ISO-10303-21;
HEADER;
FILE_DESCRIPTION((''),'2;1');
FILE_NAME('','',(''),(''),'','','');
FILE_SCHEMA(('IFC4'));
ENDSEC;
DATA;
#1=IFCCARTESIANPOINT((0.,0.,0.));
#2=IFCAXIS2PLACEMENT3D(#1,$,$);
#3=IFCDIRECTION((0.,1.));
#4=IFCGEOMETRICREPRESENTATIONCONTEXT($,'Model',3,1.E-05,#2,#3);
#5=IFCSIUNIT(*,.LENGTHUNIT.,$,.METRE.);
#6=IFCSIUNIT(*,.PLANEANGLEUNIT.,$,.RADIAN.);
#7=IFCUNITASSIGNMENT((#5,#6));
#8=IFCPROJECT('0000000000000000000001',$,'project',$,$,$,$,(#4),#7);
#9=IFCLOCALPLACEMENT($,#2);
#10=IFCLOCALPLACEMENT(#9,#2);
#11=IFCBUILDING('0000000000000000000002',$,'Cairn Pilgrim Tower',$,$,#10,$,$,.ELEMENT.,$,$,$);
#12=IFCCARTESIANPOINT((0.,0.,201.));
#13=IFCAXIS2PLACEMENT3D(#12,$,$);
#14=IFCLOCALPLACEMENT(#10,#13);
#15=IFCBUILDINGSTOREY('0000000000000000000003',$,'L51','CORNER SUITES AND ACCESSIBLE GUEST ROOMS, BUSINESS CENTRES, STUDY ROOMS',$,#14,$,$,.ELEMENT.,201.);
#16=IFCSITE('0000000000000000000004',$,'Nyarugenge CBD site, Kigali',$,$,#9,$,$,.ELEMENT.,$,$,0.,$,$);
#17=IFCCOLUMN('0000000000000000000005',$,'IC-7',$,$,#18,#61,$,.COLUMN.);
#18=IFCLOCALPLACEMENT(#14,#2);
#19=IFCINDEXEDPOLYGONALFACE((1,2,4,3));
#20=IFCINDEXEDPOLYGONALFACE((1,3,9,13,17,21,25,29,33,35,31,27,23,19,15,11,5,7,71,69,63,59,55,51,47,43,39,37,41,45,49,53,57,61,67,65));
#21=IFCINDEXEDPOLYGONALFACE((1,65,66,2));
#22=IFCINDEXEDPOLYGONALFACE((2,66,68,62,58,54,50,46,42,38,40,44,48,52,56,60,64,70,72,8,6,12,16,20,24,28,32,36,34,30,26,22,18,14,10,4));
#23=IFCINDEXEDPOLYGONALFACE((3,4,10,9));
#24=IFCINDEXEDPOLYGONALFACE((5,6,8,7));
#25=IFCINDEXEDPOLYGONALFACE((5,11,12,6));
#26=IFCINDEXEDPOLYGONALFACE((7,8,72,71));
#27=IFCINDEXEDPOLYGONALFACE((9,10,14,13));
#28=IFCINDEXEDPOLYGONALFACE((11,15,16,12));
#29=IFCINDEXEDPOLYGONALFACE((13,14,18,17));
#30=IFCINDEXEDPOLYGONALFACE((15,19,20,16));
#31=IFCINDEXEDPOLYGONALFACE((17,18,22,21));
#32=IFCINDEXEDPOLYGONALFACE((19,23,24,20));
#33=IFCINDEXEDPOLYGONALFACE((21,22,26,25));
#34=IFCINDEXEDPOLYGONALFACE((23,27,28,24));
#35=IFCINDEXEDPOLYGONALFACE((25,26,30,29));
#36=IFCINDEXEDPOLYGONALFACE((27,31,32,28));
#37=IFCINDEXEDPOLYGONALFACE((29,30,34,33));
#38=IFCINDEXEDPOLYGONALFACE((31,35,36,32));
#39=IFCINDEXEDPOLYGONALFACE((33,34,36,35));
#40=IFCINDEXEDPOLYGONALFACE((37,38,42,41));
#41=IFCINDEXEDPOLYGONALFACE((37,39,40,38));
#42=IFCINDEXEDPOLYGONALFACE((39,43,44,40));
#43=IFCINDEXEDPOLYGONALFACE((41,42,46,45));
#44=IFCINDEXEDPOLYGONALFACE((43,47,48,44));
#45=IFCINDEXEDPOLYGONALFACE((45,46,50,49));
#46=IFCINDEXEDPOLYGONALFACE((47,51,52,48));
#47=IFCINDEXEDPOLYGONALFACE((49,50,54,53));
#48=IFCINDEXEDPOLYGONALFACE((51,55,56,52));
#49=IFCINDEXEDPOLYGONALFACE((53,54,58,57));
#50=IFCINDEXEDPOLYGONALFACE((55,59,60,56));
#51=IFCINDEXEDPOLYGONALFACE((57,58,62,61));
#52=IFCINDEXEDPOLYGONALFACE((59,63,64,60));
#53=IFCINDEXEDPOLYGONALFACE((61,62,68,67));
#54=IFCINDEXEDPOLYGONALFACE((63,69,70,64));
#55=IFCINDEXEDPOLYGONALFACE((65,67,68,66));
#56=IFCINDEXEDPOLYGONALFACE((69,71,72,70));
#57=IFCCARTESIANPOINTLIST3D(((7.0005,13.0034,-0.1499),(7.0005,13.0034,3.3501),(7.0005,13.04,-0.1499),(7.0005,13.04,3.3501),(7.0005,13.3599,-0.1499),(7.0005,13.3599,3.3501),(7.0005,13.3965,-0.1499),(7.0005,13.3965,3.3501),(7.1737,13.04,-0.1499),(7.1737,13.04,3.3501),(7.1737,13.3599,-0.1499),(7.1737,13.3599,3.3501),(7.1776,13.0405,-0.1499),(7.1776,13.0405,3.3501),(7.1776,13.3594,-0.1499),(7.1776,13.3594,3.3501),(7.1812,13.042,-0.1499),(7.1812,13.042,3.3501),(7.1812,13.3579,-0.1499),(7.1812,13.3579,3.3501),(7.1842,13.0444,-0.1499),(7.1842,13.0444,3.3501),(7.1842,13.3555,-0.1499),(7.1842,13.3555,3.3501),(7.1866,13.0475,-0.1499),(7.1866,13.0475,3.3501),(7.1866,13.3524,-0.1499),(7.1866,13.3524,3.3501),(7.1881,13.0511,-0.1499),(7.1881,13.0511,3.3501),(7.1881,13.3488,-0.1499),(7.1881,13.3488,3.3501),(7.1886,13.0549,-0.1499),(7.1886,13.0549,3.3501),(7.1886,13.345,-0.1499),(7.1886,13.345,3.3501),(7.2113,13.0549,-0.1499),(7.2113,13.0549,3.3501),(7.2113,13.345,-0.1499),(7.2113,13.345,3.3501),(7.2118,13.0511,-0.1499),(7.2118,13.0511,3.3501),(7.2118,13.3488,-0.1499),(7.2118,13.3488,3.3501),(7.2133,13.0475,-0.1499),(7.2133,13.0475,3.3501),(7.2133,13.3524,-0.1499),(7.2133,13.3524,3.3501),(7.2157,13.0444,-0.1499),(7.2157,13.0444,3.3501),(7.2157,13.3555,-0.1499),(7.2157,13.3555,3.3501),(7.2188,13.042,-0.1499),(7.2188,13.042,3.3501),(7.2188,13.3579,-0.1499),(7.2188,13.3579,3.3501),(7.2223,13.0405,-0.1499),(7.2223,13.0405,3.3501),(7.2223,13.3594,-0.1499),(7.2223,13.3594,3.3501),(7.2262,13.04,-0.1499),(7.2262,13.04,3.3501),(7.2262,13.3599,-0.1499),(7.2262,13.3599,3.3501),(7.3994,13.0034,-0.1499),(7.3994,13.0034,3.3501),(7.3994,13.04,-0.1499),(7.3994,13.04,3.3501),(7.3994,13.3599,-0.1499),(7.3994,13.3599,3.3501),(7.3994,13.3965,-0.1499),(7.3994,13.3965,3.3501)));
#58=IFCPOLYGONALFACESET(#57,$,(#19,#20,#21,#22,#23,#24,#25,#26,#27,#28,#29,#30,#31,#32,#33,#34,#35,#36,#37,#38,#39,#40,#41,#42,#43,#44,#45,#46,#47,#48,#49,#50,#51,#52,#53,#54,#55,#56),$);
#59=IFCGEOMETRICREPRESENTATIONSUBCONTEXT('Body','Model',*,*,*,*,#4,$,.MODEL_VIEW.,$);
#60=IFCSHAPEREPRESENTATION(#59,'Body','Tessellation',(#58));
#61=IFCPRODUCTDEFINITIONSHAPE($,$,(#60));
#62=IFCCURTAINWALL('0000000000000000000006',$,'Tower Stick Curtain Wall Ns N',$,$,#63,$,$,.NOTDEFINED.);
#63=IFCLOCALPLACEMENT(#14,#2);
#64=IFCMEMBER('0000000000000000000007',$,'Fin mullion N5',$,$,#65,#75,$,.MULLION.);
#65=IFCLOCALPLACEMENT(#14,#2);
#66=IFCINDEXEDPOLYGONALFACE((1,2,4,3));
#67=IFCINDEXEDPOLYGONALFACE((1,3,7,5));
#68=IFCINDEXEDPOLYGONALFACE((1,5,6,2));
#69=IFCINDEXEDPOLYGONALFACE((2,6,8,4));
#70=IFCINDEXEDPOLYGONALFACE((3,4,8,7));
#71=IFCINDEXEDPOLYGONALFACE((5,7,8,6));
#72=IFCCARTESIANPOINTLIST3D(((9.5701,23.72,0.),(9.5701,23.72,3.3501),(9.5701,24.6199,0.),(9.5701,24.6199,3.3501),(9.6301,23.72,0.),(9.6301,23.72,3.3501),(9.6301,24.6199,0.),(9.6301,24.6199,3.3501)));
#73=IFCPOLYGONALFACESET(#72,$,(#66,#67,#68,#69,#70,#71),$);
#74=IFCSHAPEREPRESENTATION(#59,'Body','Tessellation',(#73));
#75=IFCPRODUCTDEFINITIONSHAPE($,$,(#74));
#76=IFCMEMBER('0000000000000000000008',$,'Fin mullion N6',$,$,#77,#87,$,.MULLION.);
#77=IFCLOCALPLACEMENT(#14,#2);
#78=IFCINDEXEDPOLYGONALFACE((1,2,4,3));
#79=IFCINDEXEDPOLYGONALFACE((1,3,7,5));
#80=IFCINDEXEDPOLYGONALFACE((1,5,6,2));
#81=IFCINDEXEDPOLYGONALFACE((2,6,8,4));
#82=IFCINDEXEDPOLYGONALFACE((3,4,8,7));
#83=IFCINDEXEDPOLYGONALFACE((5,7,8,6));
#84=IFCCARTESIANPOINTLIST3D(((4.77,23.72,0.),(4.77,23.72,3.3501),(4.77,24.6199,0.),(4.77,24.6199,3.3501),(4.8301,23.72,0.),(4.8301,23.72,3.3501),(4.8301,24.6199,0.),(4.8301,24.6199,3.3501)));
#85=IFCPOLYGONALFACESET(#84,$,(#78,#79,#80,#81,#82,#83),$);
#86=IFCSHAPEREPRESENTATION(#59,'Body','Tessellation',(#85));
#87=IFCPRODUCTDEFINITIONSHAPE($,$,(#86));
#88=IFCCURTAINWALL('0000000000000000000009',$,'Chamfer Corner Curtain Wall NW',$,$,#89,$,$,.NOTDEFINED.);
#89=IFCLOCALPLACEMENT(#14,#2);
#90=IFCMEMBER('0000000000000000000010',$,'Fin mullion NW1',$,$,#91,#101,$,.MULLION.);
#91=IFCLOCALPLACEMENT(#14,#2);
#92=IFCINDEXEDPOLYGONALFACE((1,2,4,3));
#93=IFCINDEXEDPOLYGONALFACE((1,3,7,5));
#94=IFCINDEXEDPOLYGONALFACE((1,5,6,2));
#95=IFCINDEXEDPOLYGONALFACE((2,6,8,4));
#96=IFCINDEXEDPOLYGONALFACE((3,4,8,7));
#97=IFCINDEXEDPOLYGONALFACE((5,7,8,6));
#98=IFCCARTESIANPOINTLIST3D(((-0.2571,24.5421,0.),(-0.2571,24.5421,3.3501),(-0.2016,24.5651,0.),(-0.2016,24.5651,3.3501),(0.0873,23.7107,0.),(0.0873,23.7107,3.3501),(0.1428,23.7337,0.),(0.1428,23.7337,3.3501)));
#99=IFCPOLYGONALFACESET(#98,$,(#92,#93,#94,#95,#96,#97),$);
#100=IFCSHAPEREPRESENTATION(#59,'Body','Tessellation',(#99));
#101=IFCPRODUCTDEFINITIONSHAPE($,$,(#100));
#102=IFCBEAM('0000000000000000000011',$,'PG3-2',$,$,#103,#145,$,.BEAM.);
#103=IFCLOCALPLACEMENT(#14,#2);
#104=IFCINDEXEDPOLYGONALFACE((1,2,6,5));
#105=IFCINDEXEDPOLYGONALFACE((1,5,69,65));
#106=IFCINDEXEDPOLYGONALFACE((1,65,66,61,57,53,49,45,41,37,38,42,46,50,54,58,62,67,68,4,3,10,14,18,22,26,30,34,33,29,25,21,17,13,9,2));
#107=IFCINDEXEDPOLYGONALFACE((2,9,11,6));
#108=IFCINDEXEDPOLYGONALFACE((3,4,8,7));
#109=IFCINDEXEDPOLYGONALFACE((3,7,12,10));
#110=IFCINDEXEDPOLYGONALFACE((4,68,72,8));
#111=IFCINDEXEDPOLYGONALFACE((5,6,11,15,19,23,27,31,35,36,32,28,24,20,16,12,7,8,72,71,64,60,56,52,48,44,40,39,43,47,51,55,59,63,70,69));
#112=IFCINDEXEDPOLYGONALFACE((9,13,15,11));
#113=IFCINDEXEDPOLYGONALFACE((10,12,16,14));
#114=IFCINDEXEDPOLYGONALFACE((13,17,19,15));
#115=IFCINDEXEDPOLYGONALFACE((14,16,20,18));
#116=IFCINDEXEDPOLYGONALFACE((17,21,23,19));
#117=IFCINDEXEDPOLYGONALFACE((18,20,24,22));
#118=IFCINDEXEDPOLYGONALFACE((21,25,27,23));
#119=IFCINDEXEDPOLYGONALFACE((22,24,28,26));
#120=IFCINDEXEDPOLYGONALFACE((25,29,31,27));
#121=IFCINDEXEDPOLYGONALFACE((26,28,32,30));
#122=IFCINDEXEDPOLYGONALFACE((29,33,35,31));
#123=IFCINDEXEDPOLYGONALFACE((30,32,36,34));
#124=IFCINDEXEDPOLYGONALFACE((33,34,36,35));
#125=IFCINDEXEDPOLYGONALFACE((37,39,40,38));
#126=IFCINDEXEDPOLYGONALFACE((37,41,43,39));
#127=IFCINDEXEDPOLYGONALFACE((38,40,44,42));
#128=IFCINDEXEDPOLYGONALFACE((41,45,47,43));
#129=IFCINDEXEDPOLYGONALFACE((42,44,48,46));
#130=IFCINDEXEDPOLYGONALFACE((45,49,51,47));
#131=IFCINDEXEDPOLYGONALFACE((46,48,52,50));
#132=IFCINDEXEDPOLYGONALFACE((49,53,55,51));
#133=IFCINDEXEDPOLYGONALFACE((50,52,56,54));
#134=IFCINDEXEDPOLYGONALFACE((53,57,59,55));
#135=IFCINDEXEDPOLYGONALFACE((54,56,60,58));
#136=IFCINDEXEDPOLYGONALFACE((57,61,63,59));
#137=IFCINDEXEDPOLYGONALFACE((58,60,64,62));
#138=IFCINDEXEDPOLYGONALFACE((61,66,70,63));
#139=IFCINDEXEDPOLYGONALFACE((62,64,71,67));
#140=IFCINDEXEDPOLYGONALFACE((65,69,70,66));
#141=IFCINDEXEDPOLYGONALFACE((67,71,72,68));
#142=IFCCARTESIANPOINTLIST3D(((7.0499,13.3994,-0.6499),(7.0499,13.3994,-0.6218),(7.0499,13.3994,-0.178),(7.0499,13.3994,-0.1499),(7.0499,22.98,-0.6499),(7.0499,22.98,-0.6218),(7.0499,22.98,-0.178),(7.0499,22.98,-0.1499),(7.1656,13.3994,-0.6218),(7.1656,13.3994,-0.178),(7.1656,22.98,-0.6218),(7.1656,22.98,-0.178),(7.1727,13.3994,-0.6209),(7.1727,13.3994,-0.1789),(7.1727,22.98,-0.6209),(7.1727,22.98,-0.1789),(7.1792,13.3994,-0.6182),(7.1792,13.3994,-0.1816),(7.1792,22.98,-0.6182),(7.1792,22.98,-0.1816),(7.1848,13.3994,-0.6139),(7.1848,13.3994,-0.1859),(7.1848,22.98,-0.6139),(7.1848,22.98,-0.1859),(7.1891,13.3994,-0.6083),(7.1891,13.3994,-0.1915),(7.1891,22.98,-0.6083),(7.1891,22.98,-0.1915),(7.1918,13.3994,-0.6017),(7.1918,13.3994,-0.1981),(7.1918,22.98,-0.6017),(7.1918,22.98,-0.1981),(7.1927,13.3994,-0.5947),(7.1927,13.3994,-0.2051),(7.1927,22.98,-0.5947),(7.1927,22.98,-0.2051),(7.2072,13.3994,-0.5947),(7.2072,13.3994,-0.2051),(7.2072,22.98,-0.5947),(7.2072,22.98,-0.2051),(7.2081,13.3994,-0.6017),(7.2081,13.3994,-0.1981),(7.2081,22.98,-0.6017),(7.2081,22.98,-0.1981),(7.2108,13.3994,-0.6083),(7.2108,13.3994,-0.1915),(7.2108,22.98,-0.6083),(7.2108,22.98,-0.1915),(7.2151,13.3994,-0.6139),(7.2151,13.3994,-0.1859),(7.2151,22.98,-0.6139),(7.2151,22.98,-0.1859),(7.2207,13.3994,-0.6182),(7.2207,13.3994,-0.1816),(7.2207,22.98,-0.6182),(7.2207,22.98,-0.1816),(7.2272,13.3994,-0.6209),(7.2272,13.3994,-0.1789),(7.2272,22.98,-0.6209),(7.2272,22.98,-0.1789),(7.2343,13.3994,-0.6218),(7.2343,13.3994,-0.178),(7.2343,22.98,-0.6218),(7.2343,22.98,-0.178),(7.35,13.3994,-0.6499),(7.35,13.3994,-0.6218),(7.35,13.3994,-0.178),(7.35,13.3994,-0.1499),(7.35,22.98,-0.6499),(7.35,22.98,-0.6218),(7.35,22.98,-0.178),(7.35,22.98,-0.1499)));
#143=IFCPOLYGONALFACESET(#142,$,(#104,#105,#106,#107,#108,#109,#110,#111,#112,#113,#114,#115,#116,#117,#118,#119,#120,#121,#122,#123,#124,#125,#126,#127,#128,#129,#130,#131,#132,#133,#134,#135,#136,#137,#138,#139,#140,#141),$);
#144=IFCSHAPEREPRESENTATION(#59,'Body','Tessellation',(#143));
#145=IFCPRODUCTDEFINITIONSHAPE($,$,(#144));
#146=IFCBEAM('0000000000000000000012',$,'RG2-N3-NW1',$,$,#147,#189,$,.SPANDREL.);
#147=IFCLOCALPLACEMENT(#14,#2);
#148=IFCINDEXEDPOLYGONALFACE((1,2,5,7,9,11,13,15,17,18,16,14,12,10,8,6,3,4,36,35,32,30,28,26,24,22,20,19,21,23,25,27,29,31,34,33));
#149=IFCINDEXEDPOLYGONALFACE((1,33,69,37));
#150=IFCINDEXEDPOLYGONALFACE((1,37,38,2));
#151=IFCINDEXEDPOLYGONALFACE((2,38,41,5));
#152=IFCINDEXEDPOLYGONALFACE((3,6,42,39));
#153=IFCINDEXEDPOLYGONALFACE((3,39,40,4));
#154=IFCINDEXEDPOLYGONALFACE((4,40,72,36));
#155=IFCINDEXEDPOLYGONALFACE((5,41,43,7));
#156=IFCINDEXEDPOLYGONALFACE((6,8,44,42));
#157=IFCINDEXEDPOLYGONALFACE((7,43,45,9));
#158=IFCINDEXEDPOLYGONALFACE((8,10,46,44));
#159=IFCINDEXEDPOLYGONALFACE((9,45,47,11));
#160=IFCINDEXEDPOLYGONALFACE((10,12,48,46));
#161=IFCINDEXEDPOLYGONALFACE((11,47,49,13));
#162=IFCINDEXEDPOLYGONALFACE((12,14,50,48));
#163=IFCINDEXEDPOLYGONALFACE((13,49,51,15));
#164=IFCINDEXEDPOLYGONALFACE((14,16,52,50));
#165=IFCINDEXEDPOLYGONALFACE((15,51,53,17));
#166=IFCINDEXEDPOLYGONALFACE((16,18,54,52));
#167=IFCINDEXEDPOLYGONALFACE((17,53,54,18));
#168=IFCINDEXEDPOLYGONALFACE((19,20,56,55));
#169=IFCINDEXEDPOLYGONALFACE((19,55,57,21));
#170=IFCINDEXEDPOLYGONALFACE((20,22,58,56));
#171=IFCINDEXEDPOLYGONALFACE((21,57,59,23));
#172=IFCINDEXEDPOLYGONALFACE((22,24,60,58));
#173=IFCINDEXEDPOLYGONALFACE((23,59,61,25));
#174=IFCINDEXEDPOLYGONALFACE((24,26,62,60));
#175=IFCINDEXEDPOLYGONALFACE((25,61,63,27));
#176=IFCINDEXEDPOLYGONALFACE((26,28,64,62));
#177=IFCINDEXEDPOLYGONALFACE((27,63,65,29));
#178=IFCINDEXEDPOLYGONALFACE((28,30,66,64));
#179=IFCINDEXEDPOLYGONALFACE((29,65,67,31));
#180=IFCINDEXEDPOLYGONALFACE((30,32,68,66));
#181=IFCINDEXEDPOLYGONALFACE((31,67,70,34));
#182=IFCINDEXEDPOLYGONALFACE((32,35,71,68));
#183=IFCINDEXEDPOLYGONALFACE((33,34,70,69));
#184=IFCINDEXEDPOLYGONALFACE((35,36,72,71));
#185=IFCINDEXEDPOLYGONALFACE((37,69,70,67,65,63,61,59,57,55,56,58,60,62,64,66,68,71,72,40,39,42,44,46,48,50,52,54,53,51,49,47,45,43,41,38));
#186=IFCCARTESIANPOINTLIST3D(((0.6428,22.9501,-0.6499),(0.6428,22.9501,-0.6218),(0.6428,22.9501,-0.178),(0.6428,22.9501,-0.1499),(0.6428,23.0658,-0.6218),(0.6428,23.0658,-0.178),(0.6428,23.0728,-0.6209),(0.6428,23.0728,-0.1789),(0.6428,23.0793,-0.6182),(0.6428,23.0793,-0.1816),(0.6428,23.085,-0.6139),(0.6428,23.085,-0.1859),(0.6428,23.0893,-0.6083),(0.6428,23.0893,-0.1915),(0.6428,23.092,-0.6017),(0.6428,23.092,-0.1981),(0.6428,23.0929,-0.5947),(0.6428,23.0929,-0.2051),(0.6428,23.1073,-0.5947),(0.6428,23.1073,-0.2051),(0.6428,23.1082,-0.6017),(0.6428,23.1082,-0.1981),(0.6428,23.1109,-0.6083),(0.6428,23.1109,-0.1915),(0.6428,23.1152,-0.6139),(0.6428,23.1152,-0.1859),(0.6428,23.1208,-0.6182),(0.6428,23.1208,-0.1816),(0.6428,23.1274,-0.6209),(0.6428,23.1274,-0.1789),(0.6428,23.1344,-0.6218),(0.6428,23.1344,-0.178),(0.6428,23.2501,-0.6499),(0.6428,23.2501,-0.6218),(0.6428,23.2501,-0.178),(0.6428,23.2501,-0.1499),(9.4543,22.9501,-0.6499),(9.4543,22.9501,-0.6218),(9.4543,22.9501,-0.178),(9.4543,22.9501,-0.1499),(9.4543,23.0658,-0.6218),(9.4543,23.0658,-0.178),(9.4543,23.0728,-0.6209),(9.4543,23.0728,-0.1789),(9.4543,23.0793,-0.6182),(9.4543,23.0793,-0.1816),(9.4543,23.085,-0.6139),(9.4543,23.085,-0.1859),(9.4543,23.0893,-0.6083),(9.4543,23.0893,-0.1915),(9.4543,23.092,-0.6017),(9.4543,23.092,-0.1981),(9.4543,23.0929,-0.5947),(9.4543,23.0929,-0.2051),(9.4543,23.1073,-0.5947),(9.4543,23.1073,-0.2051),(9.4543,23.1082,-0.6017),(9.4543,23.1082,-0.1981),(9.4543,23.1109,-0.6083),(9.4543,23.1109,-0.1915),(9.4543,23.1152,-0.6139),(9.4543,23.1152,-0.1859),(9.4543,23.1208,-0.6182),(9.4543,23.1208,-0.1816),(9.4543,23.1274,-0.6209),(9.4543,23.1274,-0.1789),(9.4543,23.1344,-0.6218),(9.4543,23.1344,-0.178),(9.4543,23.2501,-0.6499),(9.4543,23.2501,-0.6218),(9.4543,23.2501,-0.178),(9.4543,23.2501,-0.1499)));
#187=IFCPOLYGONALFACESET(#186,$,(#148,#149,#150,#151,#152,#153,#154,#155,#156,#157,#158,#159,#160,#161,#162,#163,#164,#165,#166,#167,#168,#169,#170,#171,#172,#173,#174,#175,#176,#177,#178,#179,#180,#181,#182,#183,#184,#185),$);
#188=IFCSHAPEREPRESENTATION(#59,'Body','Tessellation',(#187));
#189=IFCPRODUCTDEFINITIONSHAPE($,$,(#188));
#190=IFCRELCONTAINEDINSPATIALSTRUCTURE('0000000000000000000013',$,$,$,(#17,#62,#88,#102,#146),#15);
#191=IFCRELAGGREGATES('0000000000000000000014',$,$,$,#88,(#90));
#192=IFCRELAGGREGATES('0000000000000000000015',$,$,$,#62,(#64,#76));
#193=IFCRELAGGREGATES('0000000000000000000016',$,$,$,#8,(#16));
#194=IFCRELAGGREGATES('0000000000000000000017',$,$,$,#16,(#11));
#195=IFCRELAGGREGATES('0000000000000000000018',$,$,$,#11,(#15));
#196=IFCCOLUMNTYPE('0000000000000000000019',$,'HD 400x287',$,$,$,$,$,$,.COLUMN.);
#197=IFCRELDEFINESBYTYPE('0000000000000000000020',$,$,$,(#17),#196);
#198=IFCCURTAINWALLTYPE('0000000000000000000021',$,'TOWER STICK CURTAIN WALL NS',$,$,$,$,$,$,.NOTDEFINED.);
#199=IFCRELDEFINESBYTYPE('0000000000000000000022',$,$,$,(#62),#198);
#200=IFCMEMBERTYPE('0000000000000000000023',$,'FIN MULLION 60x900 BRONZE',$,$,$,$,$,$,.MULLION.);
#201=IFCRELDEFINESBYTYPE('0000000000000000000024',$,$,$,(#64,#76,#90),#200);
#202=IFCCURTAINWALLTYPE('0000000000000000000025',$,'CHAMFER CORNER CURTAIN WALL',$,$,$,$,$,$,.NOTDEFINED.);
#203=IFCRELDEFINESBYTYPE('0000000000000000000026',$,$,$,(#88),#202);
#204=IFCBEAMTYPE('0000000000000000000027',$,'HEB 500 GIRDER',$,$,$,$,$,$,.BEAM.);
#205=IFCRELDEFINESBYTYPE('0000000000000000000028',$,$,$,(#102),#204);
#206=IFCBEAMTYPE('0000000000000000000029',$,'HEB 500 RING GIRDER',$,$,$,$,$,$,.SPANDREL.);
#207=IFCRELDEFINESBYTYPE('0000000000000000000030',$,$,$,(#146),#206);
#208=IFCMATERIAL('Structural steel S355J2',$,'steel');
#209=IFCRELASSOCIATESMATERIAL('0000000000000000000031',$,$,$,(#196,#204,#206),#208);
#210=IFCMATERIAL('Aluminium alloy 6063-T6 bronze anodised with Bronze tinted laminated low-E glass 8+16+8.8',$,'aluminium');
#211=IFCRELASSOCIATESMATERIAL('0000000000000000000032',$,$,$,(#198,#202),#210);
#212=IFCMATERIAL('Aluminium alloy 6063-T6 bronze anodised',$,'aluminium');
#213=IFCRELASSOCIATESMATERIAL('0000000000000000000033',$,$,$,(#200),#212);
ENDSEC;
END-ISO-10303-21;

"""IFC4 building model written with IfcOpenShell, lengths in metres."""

from ifc_helpers import new_model, si_unit, direction, frame, origin, origin_2d, place, context, subcontext, project, spatial, rectangle, i_section, extrude, material, material_profile, profile_set, type_object, element, aggregate, save


model = new_model("IFC4")

# Units and contexts
model_context = context("Model", 3, precision=1e-05, world=origin(), true_north=direction((0.0, 1.0)))
body_context = subcontext(model_context, "Body", "Model", "MODEL_VIEW")
ifc_project = project(units=[si_unit("LENGTHUNIT", "METRE"), si_unit("PLANEANGLEUNIT", "RADIAN")], contexts=[model_context])

# Site, building, storey
site_placement = place(None, origin())
site = spatial("IfcSite", under=ifc_project, at=site_placement, Name="Nyarugenge CBD site, Kigali", CompositionType="ELEMENT", RefElevation=0.0)
building_placement = place(site_placement, origin())
building = spatial("IfcBuilding", under=site, at=building_placement, Name="Cairn Pilgrim Tower", CompositionType="ELEMENT")
storey_placement = place(building_placement, frame((0.0, 0.0, 201.0)))
storey = spatial("IfcBuildingStorey", under=building, at=storey_placement, Name="L51", Description="CORNER SUITES AND ACCESSIBLE GUEST ROOMS, BUSINESS CENTRES, STUDY ROOMS", CompositionType="ELEMENT", Elevation=201.0)

# Column
ifc_material_1 = material(Name="Structural steel S355J2", Category="steel")
ifc_material_profile_1 = material_profile(ifc_material_1, i_section(OverallWidth=0.3989, OverallDepth=0.3931, WebThickness=0.0227, FlangeThickness=0.0366, FilletRadius=0.0149, at=origin_2d()), Name="HD 400x287")
ifc_profile_set_1 = profile_set([ifc_material_profile_1], Name="Structural steel S355J2")
column_type_1 = type_object("IfcColumnType", Name="HD 400x287", PredefinedType="COLUMN", material=ifc_profile_set_1)
column_placement = place(storey_placement, frame((7.2, 13.2, -0.1499), z_axis=(0.0, 0.0, 1.0), x_axis=(1.0, 0.0, 0.0)))
element("IfcColumn", 1, at=column_placement, inside=storey, type_object=column_type_1, Name="IC-7", PredefinedType="COLUMN", context=body_context, shape_type="SweptSolid", body=[
    extrude(i_section(OverallWidth=0.3989, OverallDepth=0.3931, WebThickness=0.0227, FlangeThickness=0.0366, FilletRadius=0.0149, at=origin_2d()), origin(), (0.0, 0.0, 1.0), 3.5),
])

# Curtain wall, members
ifc_material_2 = material(Name="Aluminium alloy 6063-T6 bronze anodised with Bronze tinted laminated low-E glass 8+16+8.8", Category="aluminium")
curtain_wall_type_1 = type_object("IfcCurtainWallType", Name="TOWER STICK CURTAIN WALL NS", PredefinedType="NOTDEFINED", material=ifc_material_2)
curtain_wall_1_placement = place(storey_placement, origin())
curtain_wall_1 = element("IfcCurtainWall", 2, at=curtain_wall_1_placement, inside=storey, type_object=curtain_wall_type_1, Name="Tower Stick Curtain Wall Ns N", PredefinedType="NOTDEFINED")
ifc_material_3 = material(Name="Aluminium alloy 6063-T6 bronze anodised", Category="aluminium")
ifc_material_profile_2 = material_profile(ifc_material_3, rectangle(XDim=0.8999, YDim=0.0601, at=origin_2d()), Name="FIN MULLION 60x900 BRONZE")
ifc_profile_set_2 = profile_set([ifc_material_profile_2], Name="Aluminium alloy 6063-T6 bronze anodised")
member_type_1 = type_object("IfcMemberType", Name="FIN MULLION 60x900 BRONZE", PredefinedType="MULLION", material=ifc_profile_set_2)
member_1_placement = place(storey_placement, frame((9.6001, 24.1699, 0.0), z_axis=(0.0, 0.0, 1.0), x_axis=(0.0, 1.0, 0.0)))
member_1 = element("IfcMember", 3, at=member_1_placement, type_object=member_type_1, Name="Fin mullion N5", PredefinedType="MULLION", context=body_context, shape_type="SweptSolid", body=[
    extrude(rectangle(XDim=0.8999, YDim=0.0601, at=origin_2d()), origin(), (0.0, 0.0, 1.0), 3.3501),
])
member_2_placement = place(storey_placement, frame((4.8, 24.1699, 0.0), z_axis=(0.0, 0.0, 1.0), x_axis=(0.0, 1.0, 0.0)))
member_2 = element("IfcMember", 4, at=member_2_placement, type_object=member_type_1, Name="Fin mullion N6", PredefinedType="MULLION", context=body_context, shape_type="SweptSolid", body=[
    extrude(rectangle(XDim=0.8999, YDim=0.0601, at=origin_2d()), origin(), (0.0, 0.0, 1.0), 3.3501),
])

# Curtain wall, member
curtain_wall_type_2 = type_object("IfcCurtainWallType", Name="CHAMFER CORNER CURTAIN WALL", PredefinedType="NOTDEFINED", material=ifc_material_2)
curtain_wall_2_placement = place(storey_placement, origin())
curtain_wall_2 = element("IfcCurtainWall", 5, at=curtain_wall_2_placement, inside=storey, type_object=curtain_wall_type_2, Name="Chamfer Corner Curtain Wall NW", PredefinedType="NOTDEFINED")
member_3_placement = place(storey_placement, frame((-0.0571, 24.1379, 0.0), z_axis=(0.0, 0.0, 1.0), x_axis=(-0.382683, 0.92388, 0.0)))
member_3 = element("IfcMember", 6, at=member_3_placement, type_object=member_type_1, Name="Fin mullion NW1", PredefinedType="MULLION", context=body_context, shape_type="SweptSolid", body=[
    extrude(rectangle(XDim=0.8999, YDim=0.0601, at=origin_2d()), origin(), (0.0, 0.0, 1.0), 3.3501),
])

# Beams
ifc_material_profile_3 = material_profile(ifc_material_1, i_section(OverallWidth=0.3, OverallDepth=0.5, WebThickness=0.0144, FlangeThickness=0.0281, FilletRadius=0.0271, at=origin_2d()), Name="HEB 500")
ifc_profile_set_3 = profile_set([ifc_material_profile_3], Name="Structural steel S355J2")
beam_type_1 = type_object("IfcBeamType", Name="HEB 500 GIRDER", PredefinedType="BEAM", material=ifc_profile_set_3)
beam_1_placement = place(storey_placement, frame((7.2, 13.3994, -0.3999), z_axis=(0.0, 1.0, 0.0), x_axis=(-1.0, 0.0, 0.0)))
element("IfcBeam", 7, at=beam_1_placement, inside=storey, type_object=beam_type_1, Name="PG3-2", PredefinedType="BEAM", context=body_context, shape_type="SweptSolid", body=[
    extrude(i_section(OverallWidth=0.3, OverallDepth=0.5, WebThickness=0.0144, FlangeThickness=0.0281, FilletRadius=0.0271, at=origin_2d()), origin(), (0.0, 0.0, 1.0), 9.5806),
])
ifc_material_profile_4 = material_profile(ifc_material_1, i_section(OverallWidth=0.3, OverallDepth=0.5, WebThickness=0.0144, FlangeThickness=0.0281, FilletRadius=0.0271, at=origin_2d()), Name="HEB 500")
ifc_profile_set_4 = profile_set([ifc_material_profile_4], Name="Structural steel S355J2")
beam_type_2 = type_object("IfcBeamType", Name="HEB 500 RING GIRDER", PredefinedType="SPANDREL", material=ifc_profile_set_4)
beam_2_placement = place(storey_placement, frame((9.4543, 23.1001, -0.3999), z_axis=(-1.0, 0.0, 0.0), x_axis=(0.0, -1.0, 0.0)))
element("IfcBeam", 8, at=beam_2_placement, inside=storey, type_object=beam_type_2, Name="RG2-N3-NW1", PredefinedType="SPANDREL", context=body_context, shape_type="SweptSolid", body=[
    extrude(i_section(OverallWidth=0.3, OverallDepth=0.5, WebThickness=0.0144, FlangeThickness=0.0281, FilletRadius=0.0271, at=origin_2d()), origin(), (0.0, 0.0, 1.0), 8.8115),
])

aggregate(curtain_wall_2, [member_3])
aggregate(curtain_wall_1, [member_1, member_2])

save(model, "model.ifc")
